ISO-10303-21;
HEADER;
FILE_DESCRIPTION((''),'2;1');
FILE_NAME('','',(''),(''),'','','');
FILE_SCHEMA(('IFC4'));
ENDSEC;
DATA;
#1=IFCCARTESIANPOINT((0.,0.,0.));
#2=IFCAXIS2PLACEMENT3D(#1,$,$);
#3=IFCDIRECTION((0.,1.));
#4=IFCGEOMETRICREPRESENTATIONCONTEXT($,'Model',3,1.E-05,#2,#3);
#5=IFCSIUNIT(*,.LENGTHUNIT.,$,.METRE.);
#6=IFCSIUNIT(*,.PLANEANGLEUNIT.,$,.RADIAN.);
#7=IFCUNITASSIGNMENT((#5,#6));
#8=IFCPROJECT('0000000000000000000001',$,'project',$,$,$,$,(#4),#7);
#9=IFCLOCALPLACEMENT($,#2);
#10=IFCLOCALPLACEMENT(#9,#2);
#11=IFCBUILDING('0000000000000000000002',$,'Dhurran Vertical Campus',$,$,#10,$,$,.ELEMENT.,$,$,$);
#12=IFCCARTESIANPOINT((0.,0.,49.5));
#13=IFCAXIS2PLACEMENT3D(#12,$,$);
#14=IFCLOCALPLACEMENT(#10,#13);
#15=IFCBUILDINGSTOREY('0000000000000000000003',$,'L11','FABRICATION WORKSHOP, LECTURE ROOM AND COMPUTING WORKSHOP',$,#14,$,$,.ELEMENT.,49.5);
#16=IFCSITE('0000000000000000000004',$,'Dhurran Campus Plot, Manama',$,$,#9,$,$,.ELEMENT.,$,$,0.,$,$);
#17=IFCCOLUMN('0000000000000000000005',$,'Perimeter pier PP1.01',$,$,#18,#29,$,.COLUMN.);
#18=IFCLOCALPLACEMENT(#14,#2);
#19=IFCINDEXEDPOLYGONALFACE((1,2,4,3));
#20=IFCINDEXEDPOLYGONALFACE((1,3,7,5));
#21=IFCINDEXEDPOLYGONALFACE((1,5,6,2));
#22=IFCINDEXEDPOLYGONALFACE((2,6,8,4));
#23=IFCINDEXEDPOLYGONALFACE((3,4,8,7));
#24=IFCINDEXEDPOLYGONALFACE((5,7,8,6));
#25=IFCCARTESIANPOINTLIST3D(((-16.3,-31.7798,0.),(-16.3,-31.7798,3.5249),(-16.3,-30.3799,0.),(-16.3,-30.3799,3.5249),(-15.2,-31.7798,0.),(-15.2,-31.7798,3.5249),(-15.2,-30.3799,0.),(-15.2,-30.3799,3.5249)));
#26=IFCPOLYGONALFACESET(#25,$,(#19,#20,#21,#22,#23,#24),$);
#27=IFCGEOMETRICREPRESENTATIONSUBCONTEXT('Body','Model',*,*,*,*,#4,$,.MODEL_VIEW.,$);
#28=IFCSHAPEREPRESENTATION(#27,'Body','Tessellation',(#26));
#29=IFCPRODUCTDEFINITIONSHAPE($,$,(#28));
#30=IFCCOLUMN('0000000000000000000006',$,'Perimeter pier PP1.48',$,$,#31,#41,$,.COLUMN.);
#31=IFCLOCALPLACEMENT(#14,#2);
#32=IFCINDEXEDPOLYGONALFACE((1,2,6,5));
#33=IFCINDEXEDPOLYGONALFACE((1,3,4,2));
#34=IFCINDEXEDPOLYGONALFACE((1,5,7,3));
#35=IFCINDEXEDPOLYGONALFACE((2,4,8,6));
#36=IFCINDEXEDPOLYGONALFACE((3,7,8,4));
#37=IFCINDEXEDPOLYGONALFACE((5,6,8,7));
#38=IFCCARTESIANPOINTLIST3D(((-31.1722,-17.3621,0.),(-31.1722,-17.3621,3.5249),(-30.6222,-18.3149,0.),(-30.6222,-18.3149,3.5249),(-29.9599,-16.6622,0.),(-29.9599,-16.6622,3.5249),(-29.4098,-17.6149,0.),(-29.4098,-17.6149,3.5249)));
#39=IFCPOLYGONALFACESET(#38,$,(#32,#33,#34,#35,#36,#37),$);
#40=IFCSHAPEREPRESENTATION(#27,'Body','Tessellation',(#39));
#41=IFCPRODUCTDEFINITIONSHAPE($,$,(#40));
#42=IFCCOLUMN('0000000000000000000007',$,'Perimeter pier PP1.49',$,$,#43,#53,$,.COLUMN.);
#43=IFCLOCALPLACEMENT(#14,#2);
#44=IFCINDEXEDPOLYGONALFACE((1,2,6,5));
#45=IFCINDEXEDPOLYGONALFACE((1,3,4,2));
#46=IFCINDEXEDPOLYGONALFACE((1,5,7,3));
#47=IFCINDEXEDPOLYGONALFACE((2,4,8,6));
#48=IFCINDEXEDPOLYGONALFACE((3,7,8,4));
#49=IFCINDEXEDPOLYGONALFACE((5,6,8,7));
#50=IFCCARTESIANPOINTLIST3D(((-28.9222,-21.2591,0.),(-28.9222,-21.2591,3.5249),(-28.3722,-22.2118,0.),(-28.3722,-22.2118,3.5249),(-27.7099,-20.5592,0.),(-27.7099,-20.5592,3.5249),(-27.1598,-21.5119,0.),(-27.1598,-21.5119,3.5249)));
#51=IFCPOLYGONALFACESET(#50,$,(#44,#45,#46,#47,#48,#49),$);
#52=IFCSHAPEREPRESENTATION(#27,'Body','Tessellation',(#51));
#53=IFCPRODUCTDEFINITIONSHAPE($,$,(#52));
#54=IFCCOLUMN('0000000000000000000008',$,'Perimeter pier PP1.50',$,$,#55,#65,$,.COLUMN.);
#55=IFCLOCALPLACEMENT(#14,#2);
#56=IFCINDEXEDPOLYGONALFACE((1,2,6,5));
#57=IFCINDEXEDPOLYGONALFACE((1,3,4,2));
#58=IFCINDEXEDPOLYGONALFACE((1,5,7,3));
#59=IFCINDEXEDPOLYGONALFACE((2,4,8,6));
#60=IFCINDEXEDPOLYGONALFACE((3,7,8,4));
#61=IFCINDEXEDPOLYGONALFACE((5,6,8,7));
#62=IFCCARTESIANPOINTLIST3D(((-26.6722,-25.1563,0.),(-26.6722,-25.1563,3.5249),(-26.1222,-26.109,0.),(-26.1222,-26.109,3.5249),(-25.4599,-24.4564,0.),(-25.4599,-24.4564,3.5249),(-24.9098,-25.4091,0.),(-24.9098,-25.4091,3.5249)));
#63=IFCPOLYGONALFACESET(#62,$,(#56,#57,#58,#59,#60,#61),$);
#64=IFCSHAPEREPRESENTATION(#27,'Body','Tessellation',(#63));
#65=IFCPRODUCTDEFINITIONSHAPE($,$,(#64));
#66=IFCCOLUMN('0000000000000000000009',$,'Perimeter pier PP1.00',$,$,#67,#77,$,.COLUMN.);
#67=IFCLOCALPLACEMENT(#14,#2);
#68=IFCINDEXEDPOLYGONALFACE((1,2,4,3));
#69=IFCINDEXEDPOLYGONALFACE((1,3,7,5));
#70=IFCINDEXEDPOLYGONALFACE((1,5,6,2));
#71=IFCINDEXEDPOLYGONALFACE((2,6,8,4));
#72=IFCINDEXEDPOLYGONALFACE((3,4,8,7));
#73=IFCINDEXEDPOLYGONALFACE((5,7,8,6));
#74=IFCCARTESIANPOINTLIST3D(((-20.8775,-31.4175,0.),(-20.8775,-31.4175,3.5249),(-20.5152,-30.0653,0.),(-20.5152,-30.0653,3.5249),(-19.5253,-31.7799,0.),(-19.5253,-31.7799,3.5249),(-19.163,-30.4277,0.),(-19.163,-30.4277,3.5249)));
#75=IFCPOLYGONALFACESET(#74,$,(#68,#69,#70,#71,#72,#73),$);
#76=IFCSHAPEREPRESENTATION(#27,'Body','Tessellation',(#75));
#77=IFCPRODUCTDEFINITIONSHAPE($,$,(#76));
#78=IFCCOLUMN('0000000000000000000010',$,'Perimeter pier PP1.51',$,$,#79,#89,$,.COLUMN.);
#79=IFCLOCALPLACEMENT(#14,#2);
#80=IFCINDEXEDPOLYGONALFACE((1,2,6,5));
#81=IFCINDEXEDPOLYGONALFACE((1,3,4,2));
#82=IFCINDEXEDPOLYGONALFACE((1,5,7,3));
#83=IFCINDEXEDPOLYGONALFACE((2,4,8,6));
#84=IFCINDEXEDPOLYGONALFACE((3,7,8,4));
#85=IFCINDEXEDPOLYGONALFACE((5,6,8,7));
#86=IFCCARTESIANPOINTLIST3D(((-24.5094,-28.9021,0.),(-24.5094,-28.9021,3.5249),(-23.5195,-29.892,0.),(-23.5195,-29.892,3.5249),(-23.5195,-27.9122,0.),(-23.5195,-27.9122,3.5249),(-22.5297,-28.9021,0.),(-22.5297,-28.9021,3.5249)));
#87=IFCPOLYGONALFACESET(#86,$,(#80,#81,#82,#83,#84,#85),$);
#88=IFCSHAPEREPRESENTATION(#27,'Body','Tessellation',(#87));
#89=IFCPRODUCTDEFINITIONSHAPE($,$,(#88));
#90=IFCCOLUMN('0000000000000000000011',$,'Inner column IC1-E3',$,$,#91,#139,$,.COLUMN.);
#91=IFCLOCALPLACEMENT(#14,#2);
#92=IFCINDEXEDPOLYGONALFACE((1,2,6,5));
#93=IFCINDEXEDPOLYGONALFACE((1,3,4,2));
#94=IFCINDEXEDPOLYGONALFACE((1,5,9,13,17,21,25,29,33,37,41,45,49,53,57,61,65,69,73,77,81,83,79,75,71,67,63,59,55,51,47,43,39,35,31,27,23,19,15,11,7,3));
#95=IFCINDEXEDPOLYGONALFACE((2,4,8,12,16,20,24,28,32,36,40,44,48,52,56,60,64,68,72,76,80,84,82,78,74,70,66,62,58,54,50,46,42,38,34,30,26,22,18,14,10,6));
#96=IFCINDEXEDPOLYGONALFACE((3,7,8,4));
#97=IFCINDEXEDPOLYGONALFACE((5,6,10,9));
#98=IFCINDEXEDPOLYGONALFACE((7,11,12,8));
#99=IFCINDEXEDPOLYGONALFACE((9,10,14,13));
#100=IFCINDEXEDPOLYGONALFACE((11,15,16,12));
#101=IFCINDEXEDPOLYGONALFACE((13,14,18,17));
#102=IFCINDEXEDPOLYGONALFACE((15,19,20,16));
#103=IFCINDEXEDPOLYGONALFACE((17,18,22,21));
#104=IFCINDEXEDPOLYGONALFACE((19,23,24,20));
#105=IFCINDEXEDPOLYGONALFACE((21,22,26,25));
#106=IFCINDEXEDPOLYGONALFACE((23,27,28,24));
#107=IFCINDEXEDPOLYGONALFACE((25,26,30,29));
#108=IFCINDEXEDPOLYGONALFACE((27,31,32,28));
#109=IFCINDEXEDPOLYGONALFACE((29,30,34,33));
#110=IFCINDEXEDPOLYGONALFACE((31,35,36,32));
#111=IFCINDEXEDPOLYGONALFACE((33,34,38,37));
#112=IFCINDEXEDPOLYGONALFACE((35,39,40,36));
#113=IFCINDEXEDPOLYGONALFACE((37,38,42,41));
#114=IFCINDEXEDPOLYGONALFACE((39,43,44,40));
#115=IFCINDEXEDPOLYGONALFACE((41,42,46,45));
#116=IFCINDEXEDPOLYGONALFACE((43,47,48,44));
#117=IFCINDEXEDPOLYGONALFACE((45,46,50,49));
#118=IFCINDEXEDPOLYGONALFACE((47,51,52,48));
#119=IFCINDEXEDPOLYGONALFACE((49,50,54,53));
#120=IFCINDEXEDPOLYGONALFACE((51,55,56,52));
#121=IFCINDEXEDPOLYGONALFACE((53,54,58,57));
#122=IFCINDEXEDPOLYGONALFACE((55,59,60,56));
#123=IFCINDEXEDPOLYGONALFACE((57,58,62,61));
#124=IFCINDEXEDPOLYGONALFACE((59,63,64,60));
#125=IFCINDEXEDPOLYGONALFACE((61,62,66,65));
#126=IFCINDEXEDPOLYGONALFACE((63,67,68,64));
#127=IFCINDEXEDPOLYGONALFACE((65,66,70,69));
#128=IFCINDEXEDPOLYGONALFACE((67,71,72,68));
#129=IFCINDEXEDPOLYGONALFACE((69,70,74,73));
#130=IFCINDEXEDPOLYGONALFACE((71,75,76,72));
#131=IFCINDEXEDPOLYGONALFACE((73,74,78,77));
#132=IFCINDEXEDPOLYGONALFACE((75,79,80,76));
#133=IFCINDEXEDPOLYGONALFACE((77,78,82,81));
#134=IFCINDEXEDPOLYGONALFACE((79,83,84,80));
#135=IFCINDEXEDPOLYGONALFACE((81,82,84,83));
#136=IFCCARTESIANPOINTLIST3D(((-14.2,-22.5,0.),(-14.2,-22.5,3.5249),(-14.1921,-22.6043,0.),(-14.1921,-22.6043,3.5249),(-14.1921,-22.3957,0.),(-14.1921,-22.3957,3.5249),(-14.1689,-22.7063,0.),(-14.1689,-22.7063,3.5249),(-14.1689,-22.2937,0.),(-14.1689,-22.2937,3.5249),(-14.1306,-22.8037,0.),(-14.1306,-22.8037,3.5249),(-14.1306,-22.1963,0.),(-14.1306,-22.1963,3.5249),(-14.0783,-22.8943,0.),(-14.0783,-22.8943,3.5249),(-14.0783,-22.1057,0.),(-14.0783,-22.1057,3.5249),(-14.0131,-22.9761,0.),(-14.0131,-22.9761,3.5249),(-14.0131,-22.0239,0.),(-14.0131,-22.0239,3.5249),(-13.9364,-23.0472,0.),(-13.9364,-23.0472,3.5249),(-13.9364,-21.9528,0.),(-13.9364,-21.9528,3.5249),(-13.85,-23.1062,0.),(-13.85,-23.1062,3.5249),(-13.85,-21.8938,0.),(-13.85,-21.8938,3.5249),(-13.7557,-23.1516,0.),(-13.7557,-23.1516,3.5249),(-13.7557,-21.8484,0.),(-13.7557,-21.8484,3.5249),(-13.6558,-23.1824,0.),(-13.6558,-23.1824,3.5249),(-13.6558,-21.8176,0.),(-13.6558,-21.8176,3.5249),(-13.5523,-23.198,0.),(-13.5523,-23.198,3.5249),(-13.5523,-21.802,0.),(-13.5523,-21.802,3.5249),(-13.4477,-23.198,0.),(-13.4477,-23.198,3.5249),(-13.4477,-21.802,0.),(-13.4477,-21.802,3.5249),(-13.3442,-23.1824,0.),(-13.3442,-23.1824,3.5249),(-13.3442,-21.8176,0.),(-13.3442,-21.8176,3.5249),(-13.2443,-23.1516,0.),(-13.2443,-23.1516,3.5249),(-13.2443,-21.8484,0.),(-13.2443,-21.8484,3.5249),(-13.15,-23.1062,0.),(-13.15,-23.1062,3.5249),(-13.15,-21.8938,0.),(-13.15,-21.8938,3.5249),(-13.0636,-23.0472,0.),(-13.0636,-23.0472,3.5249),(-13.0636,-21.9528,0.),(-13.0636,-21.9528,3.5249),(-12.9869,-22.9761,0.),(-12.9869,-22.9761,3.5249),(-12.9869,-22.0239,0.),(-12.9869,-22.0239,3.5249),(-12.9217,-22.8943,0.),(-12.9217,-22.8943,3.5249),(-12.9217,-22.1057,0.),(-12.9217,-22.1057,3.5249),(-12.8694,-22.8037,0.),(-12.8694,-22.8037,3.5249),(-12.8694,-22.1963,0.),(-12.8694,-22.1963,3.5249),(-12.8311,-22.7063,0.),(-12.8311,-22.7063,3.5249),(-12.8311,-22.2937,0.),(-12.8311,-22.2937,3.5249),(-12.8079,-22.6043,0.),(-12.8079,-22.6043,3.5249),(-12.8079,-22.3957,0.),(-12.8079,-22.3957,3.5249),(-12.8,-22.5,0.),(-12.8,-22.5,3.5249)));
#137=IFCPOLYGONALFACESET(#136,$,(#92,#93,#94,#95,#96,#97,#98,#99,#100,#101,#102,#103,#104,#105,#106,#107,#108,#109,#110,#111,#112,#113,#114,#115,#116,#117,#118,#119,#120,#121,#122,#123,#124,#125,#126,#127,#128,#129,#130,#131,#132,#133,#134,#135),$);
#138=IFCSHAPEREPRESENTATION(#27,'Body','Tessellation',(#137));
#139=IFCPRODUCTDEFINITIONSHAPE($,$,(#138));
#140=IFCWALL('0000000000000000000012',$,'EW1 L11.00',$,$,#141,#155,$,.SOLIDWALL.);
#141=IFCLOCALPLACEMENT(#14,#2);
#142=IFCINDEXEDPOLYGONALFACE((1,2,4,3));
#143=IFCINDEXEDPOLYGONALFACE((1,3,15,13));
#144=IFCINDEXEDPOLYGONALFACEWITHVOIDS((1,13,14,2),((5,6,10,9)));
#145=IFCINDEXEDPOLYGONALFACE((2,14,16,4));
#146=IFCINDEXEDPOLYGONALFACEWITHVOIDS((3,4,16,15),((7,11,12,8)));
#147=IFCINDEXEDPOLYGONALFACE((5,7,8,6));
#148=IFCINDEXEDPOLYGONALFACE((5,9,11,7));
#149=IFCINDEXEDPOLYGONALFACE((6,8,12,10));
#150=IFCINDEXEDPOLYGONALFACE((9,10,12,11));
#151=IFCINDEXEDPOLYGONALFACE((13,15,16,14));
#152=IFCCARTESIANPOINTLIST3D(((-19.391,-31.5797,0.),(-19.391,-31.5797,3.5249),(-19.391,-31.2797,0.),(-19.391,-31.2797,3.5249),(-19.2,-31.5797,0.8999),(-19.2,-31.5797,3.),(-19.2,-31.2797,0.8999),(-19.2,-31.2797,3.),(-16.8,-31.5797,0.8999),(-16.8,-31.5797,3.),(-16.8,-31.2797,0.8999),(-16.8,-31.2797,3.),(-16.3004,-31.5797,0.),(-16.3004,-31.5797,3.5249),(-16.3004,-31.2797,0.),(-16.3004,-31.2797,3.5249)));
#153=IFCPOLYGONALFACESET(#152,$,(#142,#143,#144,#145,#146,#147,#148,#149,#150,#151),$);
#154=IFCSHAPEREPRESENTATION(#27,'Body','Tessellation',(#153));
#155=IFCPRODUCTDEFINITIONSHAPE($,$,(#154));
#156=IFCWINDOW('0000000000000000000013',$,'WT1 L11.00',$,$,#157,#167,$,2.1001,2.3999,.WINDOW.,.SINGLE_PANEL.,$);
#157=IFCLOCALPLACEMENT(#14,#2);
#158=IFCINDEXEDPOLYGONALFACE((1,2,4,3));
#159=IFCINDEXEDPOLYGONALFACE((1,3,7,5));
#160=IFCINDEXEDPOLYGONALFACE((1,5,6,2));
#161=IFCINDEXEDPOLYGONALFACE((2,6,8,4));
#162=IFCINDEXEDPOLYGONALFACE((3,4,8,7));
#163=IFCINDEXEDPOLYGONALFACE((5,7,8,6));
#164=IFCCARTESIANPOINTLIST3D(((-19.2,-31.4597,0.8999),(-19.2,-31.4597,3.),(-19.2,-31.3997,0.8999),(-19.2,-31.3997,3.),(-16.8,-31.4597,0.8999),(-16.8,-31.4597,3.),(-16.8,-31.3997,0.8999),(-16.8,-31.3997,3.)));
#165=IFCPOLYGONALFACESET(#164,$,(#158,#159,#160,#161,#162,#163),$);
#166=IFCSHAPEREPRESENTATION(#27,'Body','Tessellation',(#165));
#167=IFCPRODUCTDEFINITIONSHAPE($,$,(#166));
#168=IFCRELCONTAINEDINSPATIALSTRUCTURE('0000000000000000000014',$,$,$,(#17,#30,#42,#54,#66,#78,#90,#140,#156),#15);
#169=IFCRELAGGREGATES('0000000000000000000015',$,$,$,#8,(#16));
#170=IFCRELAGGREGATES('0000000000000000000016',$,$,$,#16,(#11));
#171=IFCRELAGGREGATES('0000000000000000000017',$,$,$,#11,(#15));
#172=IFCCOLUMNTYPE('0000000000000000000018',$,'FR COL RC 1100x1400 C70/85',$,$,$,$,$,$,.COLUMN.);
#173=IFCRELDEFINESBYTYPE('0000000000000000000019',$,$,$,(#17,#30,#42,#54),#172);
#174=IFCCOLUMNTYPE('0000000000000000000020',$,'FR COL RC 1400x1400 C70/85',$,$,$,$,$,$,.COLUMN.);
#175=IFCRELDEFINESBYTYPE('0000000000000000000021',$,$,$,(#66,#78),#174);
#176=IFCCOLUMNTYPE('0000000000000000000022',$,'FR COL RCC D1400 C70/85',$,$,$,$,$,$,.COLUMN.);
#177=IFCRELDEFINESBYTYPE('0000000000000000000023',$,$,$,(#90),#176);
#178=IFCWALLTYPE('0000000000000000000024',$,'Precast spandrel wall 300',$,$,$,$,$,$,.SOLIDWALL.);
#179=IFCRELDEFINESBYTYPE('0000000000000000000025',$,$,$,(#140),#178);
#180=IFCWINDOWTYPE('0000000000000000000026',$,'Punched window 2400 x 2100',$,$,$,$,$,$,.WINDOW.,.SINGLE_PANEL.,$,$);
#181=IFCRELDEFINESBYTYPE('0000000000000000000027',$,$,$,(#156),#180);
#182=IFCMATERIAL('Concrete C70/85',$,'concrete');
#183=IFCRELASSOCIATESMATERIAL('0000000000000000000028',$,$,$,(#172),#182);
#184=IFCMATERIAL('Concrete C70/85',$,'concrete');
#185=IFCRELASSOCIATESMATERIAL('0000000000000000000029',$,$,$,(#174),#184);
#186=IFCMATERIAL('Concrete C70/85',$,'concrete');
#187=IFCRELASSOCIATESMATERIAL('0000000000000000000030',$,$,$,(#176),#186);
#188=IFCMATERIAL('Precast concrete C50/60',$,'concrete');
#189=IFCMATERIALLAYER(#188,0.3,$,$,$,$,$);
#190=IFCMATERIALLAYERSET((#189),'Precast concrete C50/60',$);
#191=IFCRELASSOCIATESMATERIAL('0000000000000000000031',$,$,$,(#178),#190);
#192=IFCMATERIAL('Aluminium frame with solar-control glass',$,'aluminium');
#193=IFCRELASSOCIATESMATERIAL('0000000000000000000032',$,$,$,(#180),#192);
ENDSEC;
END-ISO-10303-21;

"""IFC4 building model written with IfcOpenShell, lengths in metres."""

from ifc_helpers import new_model, si_unit, direction, frame, frame_2d, origin, origin_2d, place, context, subcontext, project, spatial, rectangle, circle, extrude, material, layer, layer_set, material_profile, profile_set, type_object, element, fill, save


model = new_model("IFC4")

# Units and contexts
model_context = context("Model", 3, precision=1e-05, world=origin(), true_north=direction((0.0, 1.0)))
body_context = subcontext(model_context, "Body", "Model", "MODEL_VIEW")
ifc_project = project(units=[si_unit("LENGTHUNIT", "METRE"), si_unit("PLANEANGLEUNIT", "RADIAN")], contexts=[model_context])

# Site, building, storey
site_placement = place(None, origin())
site = spatial("IfcSite", under=ifc_project, at=site_placement, Name="Dhurran Campus Plot, Manama", CompositionType="ELEMENT", RefElevation=0.0)
building_placement = place(site_placement, origin())
building = spatial("IfcBuilding", under=site, at=building_placement, Name="Dhurran Vertical Campus", CompositionType="ELEMENT")
storey_placement = place(building_placement, frame((0.0, 0.0, 49.5)))
storey = spatial("IfcBuildingStorey", under=building, at=storey_placement, Name="L11", Description="FABRICATION WORKSHOP, LECTURE ROOM AND COMPUTING WORKSHOP", CompositionType="ELEMENT", Elevation=49.5)

# Columns
ifc_material_1 = material(Name="Concrete C70/85", Category="concrete")
ifc_material_profile_1 = material_profile(ifc_material_1, rectangle(XDim=1.1001, YDim=1.3999, at=origin_2d()), Name="RC 1100x1400")
ifc_profile_set_1 = profile_set([ifc_material_profile_1], Name="Concrete C70/85")
column_type_1 = type_object("IfcColumnType", Name="FR COL RC 1100x1400 C70/85", PredefinedType="COLUMN", material=ifc_profile_set_1)
for number, where, z_axis, x_axis, name in (
    (1, (-15.75, -31.0798, 0.0), (0.0, 0.0, 1.0), (1.0, 0.0, 0.0), "Perimeter pier PP1.01"),
    (2, (-30.291, -17.4885, 0.0), (0.0, 0.0, 1.0), (0.5, -0.866025, 0.0), "Perimeter pier PP1.48"),
    (3, (-28.041, -21.3855, 0.0), (0.0, 0.0, 1.0), (0.5, -0.866025, 0.0), "Perimeter pier PP1.49"),
    (4, (-25.791, -25.2827, 0.0), (0.0, 0.0, 1.0), (0.5, -0.866025, 0.0), "Perimeter pier PP1.50"),
):
    element("IfcColumn", number, at=place(storey_placement, frame(where, z_axis=z_axis, x_axis=x_axis)), inside=storey, type_object=column_type_1, Name=name, PredefinedType="COLUMN", context=body_context, shape_type="SweptSolid", body=[
        extrude(rectangle(XDim=1.1001, YDim=1.3999, at=origin_2d()), origin(), (0.0, 0.0, 1.0), 3.5249),
    ])
ifc_material_2 = material(Name="Concrete C70/85", Category="concrete")
ifc_material_profile_2 = material_profile(ifc_material_2, rectangle(XDim=1.3999, YDim=1.3999, at=origin_2d()), Name="RC 1400x1400")
ifc_profile_set_2 = profile_set([ifc_material_profile_2], Name="Concrete C70/85")
column_type_2 = type_object("IfcColumnType", Name="FR COL RC 1400x1400 C70/85", PredefinedType="COLUMN", material=ifc_profile_set_2)
for number, where, z_axis, x_axis, name in (
    (5, (-20.0203, -30.9226, 0.0), (0.0, 0.0, 1.0), (0.965926, -0.258819, 0.0), "Perimeter pier PP1.00"),
    (6, (-23.5195, -28.9021, 0.0), (0.0, 0.0, 1.0), (0.707107, -0.707107, 0.0), "Perimeter pier PP1.51"),
):
    element("IfcColumn", number, at=place(storey_placement, frame(where, z_axis=z_axis, x_axis=x_axis)), inside=storey, type_object=column_type_2, Name=name, PredefinedType="COLUMN", context=body_context, shape_type="SweptSolid", body=[
        extrude(rectangle(XDim=1.3999, YDim=1.3999, at=origin_2d()), origin(), (0.0, 0.0, 1.0), 3.5249),
    ])
ifc_material_3 = material(Name="Concrete C70/85", Category="concrete")
ifc_material_profile_3 = material_profile(ifc_material_3, circle(Radius=0.7, at=origin_2d()), Name="RCC D1400")
ifc_profile_set_3 = profile_set([ifc_material_profile_3], Name="Concrete C70/85")
column_type_3 = type_object("IfcColumnType", Name="FR COL RCC D1400 C70/85", PredefinedType="COLUMN", material=ifc_profile_set_3)
column_placement = place(storey_placement, frame((-13.5, -22.5, 0.0), z_axis=(0.0, 0.0, 1.0), x_axis=(1.0, 0.0, 0.0)))
element("IfcColumn", 7, at=column_placement, inside=storey, type_object=column_type_3, Name="Inner column IC1-E3", PredefinedType="COLUMN", context=body_context, shape_type="SweptSolid", body=[
    extrude(circle(Radius=0.7, at=origin_2d()), origin(), (0.0, 0.0, 1.0), 3.5249),
])

# Wall, opening, window
ifc_material_4 = material(Name="Precast concrete C50/60", Category="concrete")
ifc_layer_1 = layer(ifc_material_4, 0.3)
ifc_layer_set_1 = layer_set([ifc_layer_1], Name="Precast concrete C50/60")
wall_type_1 = type_object("IfcWallType", Name="Precast spandrel wall 300", PredefinedType="SOLIDWALL", material=ifc_layer_set_1)
wall_1_placement = place(storey_placement, frame((-19.3911, -31.4297, 0.0), z_axis=(0.0, 0.0, 1.0), x_axis=(1.0, 0.0, 0.0)))
wall_1 = element("IfcWall", 8, at=wall_1_placement, inside=storey, type_object=wall_type_1, Name="EW1 L11.00", PredefinedType="SOLIDWALL", context=body_context, shape_type="SweptSolid", body=[
    extrude(rectangle(XDim=3.0906, YDim=0.3, at=frame_2d((1.5454, 0.0))), origin(), (0.0, 0.0, 1.0), 3.5249),
])
opening_1_placement = place(wall_1_placement, frame((0.1912, 0.0, 0.8999)))
opening_1 = element("IfcOpeningElement", 9, at=opening_1_placement, cuts=wall_1, PredefinedType="OPENING", context=body_context, shape_type="SweptSolid", body=[
    extrude(rectangle(XDim=2.3999, YDim=2.1001, at=frame_2d((1.2, 1.05))), frame((0.0, 0.1599, 0.0), z_axis=(0.0, -1.0, 0.0), x_axis=(1.0, 0.0, 0.0)), (0.0, 0.0, 1.0), 0.3201),
])
ifc_material_5 = material(Name="Aluminium frame with solar-control glass", Category="aluminium")
window_type = type_object("IfcWindowType", Name="Punched window 2400 x 2100", PartitioningType="SINGLE_PANEL", PredefinedType="WINDOW", material=ifc_material_5)
window_1_placement = place(opening_1_placement, origin())
window_1 = element("IfcWindow", 10, at=window_1_placement, inside=storey, type_object=window_type, Name="WT1 L11.00", OverallHeight=2.1001, OverallWidth=2.3999, PartitioningType="SINGLE_PANEL", PredefinedType="WINDOW", context=body_context, shape_type="SweptSolid", body=[
    extrude(rectangle(XDim=2.3999, YDim=2.1001, at=frame_2d((1.2, 1.05))), frame((0.0, 0.03, 0.0), z_axis=(0.0, -1.0, 0.0), x_axis=(1.0, 0.0, 0.0)), (0.0, 0.0, 1.0), 0.0601),
])
fill(opening_1, window_1)

save(model, "model.ifc")
